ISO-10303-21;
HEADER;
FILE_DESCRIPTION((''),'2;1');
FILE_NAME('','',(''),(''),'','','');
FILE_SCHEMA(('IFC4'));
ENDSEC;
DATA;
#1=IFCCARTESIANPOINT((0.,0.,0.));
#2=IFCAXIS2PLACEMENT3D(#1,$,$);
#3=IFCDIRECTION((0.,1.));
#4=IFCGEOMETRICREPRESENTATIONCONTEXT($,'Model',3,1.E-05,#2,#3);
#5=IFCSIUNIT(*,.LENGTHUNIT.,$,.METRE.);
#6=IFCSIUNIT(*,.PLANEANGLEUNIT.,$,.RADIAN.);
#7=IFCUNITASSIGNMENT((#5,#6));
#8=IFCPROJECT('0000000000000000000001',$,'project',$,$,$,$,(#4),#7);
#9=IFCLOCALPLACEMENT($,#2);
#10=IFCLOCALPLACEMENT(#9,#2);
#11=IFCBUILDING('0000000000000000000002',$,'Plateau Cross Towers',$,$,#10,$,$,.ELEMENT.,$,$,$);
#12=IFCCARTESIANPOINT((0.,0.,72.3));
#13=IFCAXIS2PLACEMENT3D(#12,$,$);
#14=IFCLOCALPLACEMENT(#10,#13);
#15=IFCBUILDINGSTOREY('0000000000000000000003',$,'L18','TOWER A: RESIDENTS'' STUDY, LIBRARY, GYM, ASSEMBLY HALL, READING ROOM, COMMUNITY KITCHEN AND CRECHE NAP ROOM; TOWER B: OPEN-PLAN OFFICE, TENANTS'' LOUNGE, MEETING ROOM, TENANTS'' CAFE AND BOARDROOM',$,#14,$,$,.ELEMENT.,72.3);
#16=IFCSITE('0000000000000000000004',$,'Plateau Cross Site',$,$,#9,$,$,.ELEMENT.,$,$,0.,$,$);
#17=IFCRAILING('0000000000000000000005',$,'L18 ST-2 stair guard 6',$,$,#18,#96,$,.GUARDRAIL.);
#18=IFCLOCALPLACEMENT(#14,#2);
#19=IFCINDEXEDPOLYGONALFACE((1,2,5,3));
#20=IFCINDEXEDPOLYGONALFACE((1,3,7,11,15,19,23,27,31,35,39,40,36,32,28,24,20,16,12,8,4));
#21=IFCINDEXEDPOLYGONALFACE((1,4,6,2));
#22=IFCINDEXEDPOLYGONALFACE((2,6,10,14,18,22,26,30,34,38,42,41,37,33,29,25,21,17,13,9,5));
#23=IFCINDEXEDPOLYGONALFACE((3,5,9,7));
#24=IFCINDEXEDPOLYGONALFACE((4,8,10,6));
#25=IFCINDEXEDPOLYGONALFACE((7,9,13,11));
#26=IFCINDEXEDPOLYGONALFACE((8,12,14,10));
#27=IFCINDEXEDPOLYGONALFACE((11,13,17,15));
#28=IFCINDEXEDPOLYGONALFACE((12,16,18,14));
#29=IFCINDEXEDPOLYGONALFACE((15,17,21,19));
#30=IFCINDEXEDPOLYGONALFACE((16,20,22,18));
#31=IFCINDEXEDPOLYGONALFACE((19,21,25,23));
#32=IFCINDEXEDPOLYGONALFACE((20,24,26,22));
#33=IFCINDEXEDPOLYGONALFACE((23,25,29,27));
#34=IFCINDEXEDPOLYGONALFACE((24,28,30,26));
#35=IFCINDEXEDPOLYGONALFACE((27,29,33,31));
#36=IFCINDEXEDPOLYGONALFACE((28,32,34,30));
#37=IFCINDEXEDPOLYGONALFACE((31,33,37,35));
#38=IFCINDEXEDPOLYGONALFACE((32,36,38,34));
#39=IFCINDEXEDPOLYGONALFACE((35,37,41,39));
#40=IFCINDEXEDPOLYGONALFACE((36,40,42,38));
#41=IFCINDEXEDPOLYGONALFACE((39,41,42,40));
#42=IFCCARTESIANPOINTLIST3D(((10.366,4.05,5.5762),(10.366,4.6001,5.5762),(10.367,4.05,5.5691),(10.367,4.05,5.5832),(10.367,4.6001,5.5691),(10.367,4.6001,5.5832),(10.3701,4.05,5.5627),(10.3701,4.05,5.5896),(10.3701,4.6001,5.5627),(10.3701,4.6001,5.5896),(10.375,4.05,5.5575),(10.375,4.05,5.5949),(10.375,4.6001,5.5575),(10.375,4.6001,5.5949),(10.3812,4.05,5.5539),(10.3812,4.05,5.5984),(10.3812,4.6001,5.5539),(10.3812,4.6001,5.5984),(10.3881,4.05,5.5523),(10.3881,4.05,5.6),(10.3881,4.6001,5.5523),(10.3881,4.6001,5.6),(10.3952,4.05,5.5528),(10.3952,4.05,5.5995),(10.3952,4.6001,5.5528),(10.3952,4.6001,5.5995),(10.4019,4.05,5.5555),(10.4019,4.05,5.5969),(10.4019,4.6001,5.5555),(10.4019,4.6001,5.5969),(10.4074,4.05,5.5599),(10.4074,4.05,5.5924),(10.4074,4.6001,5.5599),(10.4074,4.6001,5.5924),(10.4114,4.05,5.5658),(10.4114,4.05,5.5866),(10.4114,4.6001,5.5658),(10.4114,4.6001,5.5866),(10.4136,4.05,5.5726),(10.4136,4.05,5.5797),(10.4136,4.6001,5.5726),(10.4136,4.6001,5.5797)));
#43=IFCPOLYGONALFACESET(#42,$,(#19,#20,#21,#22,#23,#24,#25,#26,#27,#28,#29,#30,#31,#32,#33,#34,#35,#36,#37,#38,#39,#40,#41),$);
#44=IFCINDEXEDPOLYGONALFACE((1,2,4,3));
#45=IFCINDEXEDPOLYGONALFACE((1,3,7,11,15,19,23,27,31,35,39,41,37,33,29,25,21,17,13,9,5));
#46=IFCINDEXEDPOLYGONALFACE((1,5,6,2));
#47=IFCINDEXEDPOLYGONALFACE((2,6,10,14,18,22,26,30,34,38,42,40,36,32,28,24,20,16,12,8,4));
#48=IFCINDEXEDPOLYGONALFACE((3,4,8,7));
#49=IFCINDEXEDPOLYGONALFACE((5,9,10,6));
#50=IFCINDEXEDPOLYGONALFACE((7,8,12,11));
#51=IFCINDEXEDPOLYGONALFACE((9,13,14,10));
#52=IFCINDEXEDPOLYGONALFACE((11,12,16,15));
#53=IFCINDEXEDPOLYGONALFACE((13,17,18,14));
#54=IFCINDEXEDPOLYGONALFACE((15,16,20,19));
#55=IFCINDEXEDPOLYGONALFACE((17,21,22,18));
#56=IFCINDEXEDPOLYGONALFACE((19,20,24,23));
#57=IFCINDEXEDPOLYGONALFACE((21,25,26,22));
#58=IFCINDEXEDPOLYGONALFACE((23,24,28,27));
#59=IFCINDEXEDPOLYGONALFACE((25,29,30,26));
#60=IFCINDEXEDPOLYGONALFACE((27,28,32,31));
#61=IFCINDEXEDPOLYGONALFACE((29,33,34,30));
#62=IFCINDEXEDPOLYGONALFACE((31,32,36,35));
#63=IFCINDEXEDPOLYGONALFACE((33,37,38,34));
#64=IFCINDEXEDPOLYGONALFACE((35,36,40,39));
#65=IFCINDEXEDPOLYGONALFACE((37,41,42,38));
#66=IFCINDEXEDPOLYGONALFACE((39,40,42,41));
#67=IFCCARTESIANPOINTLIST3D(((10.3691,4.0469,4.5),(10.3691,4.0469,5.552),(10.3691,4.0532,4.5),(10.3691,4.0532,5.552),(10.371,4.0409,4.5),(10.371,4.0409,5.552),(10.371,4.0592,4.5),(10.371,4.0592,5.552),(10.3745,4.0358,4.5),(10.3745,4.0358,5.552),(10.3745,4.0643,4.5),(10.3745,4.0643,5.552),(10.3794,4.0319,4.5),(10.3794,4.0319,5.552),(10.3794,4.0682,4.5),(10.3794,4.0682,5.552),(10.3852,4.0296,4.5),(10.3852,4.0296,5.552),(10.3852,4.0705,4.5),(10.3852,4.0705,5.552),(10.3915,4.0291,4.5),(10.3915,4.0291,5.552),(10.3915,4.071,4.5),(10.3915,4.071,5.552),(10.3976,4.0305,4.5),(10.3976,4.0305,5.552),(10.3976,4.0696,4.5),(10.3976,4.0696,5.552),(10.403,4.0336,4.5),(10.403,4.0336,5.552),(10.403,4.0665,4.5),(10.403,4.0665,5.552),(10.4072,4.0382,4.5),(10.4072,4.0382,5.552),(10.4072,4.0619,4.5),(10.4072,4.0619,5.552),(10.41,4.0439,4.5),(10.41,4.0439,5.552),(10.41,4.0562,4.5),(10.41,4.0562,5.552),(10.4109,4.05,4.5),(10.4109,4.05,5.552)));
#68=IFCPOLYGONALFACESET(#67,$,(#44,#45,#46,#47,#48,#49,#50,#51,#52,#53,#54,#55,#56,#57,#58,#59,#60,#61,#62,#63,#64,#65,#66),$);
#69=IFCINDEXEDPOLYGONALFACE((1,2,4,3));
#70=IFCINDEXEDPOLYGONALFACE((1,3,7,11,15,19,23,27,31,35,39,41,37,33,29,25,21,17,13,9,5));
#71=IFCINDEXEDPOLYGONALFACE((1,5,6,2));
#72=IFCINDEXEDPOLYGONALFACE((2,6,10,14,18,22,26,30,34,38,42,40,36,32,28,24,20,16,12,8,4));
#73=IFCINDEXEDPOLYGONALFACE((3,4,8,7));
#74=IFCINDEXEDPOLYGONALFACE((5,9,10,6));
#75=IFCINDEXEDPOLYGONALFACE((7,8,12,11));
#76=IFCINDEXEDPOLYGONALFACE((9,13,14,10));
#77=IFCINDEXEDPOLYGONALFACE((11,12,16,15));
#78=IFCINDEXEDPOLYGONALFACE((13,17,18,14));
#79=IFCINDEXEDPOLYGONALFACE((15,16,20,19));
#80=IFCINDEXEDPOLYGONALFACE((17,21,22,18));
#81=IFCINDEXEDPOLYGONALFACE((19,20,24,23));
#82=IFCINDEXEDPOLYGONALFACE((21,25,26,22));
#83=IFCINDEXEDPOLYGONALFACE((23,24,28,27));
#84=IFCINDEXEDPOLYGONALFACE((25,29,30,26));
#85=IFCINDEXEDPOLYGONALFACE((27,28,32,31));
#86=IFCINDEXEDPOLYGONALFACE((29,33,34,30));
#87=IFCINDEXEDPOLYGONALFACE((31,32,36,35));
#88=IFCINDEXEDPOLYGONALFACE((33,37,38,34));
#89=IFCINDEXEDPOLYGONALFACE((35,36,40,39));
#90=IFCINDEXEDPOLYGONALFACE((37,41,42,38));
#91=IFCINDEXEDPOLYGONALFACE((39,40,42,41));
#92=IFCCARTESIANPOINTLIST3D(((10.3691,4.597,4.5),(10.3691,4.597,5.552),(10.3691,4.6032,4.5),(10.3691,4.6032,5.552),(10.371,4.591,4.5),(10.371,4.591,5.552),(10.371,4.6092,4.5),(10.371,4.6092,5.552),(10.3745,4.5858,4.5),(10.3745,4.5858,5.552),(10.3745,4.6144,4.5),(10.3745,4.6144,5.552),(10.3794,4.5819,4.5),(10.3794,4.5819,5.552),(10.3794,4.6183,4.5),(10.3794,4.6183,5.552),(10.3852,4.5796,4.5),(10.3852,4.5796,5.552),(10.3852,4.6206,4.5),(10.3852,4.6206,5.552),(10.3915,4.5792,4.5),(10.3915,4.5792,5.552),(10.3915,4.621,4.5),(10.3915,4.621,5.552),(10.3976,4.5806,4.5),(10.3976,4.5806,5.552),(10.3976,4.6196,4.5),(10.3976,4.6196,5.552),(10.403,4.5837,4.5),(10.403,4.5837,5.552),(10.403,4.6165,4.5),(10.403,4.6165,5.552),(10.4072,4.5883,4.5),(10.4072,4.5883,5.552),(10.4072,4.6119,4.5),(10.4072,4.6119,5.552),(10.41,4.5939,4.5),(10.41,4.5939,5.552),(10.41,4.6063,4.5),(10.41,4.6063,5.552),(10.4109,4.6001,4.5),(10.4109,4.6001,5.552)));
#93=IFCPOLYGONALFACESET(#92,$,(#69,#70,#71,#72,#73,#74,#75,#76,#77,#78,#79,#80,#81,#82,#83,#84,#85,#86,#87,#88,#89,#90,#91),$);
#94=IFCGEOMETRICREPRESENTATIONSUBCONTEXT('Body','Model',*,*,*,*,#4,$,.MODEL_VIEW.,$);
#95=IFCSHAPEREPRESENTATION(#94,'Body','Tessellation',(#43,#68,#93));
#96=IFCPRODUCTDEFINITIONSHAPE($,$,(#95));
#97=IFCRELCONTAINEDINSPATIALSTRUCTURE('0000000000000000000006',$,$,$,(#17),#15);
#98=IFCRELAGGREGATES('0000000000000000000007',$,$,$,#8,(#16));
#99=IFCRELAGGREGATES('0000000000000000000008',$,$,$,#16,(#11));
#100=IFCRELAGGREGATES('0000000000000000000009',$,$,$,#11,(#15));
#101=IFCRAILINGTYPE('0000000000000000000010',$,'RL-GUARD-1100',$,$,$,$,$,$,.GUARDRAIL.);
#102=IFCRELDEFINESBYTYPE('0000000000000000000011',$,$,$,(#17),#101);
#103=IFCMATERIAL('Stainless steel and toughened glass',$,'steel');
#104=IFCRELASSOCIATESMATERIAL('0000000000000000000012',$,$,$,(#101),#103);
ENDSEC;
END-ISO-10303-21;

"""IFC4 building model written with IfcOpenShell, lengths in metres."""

from ifc_helpers import new_model, si_unit, direction, frame, origin, origin_2d, place, context, subcontext, project, spatial, circle, extrude, material, type_object, element, save


model = new_model("IFC4")

# Units and contexts
model_context = context("Model", 3, precision=1e-05, world=origin(), true_north=direction((0.0, 1.0)))
body_context = subcontext(model_context, "Body", "Model", "MODEL_VIEW")
ifc_project = project(units=[si_unit("LENGTHUNIT", "METRE"), si_unit("PLANEANGLEUNIT", "RADIAN")], contexts=[model_context])

# Site, building, storey
site_placement = place(None, origin())
site = spatial("IfcSite", under=ifc_project, at=site_placement, Name="Plateau Cross Site", CompositionType="ELEMENT", RefElevation=0.0)
building_placement = place(site_placement, origin())
building = spatial("IfcBuilding", under=site, at=building_placement, Name="Plateau Cross Towers", CompositionType="ELEMENT")
storey_placement = place(building_placement, frame((0.0, 0.0, 72.3)))
storey = spatial("IfcBuildingStorey", under=building, at=storey_placement, Name="L18", Description="TOWER A: RESIDENTS' STUDY, LIBRARY, GYM, ASSEMBLY HALL, READING ROOM, COMMUNITY KITCHEN AND CRECHE NAP ROOM; TOWER B: OPEN-PLAN OFFICE, TENANTS' LOUNGE, MEETING ROOM, TENANTS' CAFE AND BOARDROOM", CompositionType="ELEMENT", Elevation=72.3)

# Railing
ifc_material_1 = material(Name="Stainless steel and toughened glass", Category="steel")
railing_type_1 = type_object("IfcRailingType", Name="RL-GUARD-1100", PredefinedType="GUARDRAIL", material=ifc_material_1)
railing_1_placement = place(storey_placement, frame((10.3899, 4.05, 4.5)))
element("IfcRailing", 1, at=railing_1_placement, inside=storey, type_object=railing_type_1, Name="L18 ST-2 stair guard 6", PredefinedType="GUARDRAIL", context=body_context, shape_type="SweptSolid", body=[
    extrude(circle(Radius=0.0239, at=origin_2d()), frame((0.0, 0.0, 1.0762), z_axis=(0.0, 1.0, 0.0), x_axis=(-1.0, 0.0, 0.0)), (0.0, 0.0, 1.0), 0.55),
    extrude(circle(Radius=0.021, at=origin_2d()), origin(), (0.0, 0.0, 1.0), 1.052),
    extrude(circle(Radius=0.021, at=origin_2d()), frame((0.0, 0.55, 0.0)), (0.0, 0.0, 1.0), 1.052),
])

save(model, "model.ifc")
